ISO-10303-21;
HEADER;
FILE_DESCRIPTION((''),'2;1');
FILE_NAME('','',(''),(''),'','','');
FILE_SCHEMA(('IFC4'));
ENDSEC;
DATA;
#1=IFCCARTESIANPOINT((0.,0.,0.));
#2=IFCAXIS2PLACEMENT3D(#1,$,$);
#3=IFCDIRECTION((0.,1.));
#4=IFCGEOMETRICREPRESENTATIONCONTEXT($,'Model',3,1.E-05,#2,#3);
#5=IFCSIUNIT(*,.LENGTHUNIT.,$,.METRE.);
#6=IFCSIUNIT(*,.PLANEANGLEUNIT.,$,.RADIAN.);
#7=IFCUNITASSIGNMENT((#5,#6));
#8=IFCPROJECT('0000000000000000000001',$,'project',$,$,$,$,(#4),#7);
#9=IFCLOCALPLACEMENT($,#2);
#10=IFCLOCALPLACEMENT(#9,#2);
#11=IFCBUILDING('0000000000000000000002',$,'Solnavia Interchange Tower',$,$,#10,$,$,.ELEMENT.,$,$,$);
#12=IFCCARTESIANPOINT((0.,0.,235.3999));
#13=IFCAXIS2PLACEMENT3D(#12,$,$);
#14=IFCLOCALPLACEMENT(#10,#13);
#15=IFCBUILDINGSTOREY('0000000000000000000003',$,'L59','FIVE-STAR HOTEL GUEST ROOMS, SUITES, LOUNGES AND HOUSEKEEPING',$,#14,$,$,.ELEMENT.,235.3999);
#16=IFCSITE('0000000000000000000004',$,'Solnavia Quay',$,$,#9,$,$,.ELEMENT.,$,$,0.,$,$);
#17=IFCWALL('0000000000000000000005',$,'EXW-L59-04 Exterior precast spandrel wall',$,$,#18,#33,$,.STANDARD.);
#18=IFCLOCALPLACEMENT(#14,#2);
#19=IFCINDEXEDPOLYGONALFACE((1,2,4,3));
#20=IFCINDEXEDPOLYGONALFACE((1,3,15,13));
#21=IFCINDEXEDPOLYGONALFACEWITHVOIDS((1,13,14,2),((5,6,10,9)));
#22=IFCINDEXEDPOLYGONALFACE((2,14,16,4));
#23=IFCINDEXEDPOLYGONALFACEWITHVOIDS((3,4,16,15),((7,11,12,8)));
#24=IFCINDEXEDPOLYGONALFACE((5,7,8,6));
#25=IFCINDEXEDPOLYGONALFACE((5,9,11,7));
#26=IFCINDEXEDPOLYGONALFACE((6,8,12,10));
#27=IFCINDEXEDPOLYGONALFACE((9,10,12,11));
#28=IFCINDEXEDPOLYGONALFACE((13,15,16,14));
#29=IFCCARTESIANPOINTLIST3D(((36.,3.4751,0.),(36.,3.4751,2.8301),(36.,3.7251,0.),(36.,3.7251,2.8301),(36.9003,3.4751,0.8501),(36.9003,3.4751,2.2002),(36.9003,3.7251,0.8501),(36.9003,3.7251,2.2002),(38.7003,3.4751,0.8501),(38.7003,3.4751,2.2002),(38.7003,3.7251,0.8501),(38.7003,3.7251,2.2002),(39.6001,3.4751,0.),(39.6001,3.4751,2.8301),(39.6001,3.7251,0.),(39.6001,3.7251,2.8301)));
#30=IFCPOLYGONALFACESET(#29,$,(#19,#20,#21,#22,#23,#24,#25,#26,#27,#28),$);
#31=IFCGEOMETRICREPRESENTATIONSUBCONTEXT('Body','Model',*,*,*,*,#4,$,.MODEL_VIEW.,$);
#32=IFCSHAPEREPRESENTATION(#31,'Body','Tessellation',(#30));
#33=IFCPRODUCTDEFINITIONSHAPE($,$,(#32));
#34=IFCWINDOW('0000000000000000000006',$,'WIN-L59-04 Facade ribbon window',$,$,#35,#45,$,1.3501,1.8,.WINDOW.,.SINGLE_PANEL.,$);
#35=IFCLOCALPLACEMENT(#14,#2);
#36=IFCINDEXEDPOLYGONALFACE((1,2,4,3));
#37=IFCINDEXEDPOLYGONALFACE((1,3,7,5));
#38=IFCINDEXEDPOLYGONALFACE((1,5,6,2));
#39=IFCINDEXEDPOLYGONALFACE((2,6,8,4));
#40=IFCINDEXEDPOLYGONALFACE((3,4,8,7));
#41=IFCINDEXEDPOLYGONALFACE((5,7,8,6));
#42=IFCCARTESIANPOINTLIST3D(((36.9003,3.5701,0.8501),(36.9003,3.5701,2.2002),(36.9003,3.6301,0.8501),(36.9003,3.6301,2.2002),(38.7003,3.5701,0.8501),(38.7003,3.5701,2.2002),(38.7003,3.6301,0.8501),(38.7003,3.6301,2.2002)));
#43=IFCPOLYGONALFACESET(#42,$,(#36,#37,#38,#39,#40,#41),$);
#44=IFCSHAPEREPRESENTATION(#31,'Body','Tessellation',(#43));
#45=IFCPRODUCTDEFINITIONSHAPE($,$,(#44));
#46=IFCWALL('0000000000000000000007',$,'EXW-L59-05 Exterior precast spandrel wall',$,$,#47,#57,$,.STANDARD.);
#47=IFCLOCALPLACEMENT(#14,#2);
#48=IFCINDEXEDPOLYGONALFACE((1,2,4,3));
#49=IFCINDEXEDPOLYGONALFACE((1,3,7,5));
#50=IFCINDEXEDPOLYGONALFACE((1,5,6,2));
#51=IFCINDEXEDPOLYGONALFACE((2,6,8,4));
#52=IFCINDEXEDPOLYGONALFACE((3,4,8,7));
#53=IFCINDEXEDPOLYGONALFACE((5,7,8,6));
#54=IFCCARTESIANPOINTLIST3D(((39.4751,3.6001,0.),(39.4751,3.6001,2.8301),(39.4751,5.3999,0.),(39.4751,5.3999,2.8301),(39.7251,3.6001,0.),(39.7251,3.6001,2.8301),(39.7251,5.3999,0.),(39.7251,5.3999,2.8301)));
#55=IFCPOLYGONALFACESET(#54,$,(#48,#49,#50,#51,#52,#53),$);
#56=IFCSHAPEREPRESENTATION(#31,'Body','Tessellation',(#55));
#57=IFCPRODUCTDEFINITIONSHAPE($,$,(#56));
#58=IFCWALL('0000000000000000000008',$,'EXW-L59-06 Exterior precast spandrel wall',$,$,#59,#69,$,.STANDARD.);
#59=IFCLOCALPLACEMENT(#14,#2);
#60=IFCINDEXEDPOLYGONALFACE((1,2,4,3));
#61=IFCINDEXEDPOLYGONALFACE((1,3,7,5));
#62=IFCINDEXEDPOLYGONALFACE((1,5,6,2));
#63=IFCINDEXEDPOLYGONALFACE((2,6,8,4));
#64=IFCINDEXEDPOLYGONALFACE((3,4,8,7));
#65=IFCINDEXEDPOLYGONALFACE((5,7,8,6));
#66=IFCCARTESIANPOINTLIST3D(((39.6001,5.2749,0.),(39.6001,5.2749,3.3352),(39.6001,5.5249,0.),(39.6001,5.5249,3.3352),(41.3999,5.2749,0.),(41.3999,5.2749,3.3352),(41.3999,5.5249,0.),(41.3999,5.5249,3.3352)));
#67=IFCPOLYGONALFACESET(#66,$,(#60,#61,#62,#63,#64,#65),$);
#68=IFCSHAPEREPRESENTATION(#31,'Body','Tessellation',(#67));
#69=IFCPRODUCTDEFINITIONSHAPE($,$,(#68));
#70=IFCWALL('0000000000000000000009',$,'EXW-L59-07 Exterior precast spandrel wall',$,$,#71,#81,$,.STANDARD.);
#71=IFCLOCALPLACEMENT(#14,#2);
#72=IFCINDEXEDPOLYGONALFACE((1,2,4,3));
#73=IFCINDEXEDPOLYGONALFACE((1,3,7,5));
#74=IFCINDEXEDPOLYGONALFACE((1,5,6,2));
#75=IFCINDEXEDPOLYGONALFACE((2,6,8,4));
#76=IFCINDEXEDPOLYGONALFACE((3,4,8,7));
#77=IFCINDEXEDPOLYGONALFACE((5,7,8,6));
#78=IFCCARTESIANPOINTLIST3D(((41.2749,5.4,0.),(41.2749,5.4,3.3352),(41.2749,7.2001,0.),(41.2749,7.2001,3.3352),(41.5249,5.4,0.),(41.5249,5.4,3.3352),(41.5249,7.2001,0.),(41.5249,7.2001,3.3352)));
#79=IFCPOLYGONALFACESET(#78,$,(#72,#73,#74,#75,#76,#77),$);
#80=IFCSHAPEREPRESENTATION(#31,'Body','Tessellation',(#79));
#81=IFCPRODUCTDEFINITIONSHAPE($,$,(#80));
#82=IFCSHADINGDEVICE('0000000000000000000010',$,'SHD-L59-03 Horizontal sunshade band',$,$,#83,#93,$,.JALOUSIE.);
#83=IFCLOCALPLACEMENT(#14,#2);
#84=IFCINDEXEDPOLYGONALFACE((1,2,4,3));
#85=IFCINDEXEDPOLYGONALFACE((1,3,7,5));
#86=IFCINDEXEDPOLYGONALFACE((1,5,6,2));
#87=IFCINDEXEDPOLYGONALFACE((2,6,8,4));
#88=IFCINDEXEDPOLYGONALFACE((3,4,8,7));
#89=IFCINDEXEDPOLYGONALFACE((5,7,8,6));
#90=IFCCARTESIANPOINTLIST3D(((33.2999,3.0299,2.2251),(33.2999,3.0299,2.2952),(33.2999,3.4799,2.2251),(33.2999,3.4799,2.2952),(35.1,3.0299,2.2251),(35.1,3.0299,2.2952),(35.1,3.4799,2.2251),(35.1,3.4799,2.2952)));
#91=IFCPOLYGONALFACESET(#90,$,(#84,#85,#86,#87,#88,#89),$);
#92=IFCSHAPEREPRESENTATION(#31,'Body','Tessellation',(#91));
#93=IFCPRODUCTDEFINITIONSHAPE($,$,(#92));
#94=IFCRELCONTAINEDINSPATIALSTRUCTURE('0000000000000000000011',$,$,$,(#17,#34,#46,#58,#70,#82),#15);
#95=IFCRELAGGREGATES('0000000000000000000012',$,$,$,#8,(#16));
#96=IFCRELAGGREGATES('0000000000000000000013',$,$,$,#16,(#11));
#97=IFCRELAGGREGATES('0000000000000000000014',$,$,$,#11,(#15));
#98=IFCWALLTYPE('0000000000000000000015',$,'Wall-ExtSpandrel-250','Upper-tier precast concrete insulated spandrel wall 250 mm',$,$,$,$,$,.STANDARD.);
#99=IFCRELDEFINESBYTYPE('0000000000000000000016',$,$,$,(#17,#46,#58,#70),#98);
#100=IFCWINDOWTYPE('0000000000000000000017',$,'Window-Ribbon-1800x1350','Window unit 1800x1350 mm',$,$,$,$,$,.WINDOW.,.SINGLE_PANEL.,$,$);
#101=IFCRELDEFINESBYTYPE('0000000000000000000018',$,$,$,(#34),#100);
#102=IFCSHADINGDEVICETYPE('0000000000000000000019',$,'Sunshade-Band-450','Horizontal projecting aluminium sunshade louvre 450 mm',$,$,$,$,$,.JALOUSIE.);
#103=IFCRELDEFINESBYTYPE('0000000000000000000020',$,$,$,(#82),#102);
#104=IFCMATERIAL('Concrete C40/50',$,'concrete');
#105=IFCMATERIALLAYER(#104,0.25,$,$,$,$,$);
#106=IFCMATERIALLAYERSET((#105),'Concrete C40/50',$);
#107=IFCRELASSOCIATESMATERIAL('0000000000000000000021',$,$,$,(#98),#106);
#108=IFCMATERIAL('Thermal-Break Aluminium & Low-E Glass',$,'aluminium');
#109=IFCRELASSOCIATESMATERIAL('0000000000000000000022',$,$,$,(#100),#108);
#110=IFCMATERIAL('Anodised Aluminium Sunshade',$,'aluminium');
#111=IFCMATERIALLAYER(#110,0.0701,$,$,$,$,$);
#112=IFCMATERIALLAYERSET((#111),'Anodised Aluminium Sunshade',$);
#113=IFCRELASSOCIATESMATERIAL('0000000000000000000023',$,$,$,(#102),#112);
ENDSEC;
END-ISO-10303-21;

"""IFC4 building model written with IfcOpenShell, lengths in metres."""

from ifc_helpers import new_model, si_unit, direction, frame, frame_2d, origin, origin_2d, place, context, subcontext, project, spatial, rectangle, extrude, material, layer, layer_set, type_object, element, fill, save


model = new_model("IFC4")

# Units and contexts
model_context = context("Model", 3, precision=1e-05, world=origin(), true_north=direction((0.0, 1.0)))
body_context = subcontext(model_context, "Body", "Model", "MODEL_VIEW")
ifc_project = project(units=[si_unit("LENGTHUNIT", "METRE"), si_unit("PLANEANGLEUNIT", "RADIAN")], contexts=[model_context])

# Site, building, storey
site_placement = place(None, origin())
site = spatial("IfcSite", under=ifc_project, at=site_placement, Name="Solnavia Quay", CompositionType="ELEMENT", RefElevation=0.0)
building_placement = place(site_placement, origin())
building = spatial("IfcBuilding", under=site, at=building_placement, Name="Solnavia Interchange Tower", CompositionType="ELEMENT")
storey_placement = place(building_placement, frame((0.0, 0.0, 235.3999)))
storey = spatial("IfcBuildingStorey", under=building, at=storey_placement, Name="L59", Description="FIVE-STAR HOTEL GUEST ROOMS, SUITES, LOUNGES AND HOUSEKEEPING", CompositionType="ELEMENT", Elevation=235.3999)

# Wall, opening, window
ifc_material_1 = material(Name="Concrete C40/50", Category="concrete")
ifc_layer_1 = layer(ifc_material_1, 0.25)
ifc_layer_set_1 = layer_set([ifc_layer_1], Name="Concrete C40/50")
wall_type_1 = type_object("IfcWallType", Name="Wall-ExtSpandrel-250", Description="Upper-tier precast concrete insulated spandrel wall 250 mm", PredefinedType="STANDARD", material=ifc_layer_set_1)
ifc_material_2 = material(Name="Thermal-Break Aluminium & Low-E Glass", Category="aluminium")
window_type = type_object("IfcWindowType", Name="Window-Ribbon-1800x1350", Description="Window unit 1800x1350 mm", PartitioningType="SINGLE_PANEL", PredefinedType="WINDOW", material=ifc_material_2)
wall_1_placement = place(storey_placement, frame((39.6001, 3.6001, 0.0), z_axis=(0.0, 0.0, 1.0), x_axis=(-1.0, 0.0, 0.0)))
wall_1 = element("IfcWall", 1, at=wall_1_placement, inside=storey, type_object=wall_type_1, Name="EXW-L59-04 Exterior precast spandrel wall", PredefinedType="STANDARD", context=body_context, shape_type="SweptSolid", body=[
    extrude(rectangle(XDim=3.6001, YDim=0.25, at=frame_2d((1.8, 0.0))), origin(), (0.0, 0.0, 1.0), 2.8301),
])
opening_1_placement = place(wall_1_placement, frame((0.8999, 0.0, 0.8501)))
opening_1 = element("IfcOpeningElement", 2, at=opening_1_placement, cuts=wall_1, PredefinedType="OPENING", context=body_context, shape_type="SweptSolid", body=[
    extrude(rectangle(XDim=1.8, YDim=1.3501, at=frame_2d((0.8999, 0.675))), frame((0.0, 0.135, 0.0), z_axis=(0.0, -1.0, 0.0), x_axis=(1.0, 0.0, 0.0)), (0.0, 0.0, 1.0), 0.27),
])
window_1_placement = place(opening_1_placement, origin())
window_1 = element("IfcWindow", 3, at=window_1_placement, inside=storey, type_object=window_type, Name="WIN-L59-04 Facade ribbon window", OverallHeight=1.3501, OverallWidth=1.8, PartitioningType="SINGLE_PANEL", PredefinedType="WINDOW", context=body_context, shape_type="SweptSolid", body=[
    extrude(rectangle(XDim=1.8, YDim=1.3501, at=frame_2d((0.8999, 0.675))), frame((0.0, 0.03, 0.0), z_axis=(0.0, -1.0, 0.0), x_axis=(1.0, 0.0, 0.0)), (0.0, 0.0, 1.0), 0.0601),
])
fill(opening_1, window_1)

# Walls
wall_2_placement = place(storey_placement, frame((39.6001, 5.3999, 0.0), z_axis=(0.0, 0.0, 1.0), x_axis=(0.0, -1.0, 0.0)))
element("IfcWall", 4, at=wall_2_placement, inside=storey, type_object=wall_type_1, Name="EXW-L59-05 Exterior precast spandrel wall", PredefinedType="STANDARD", context=body_context, shape_type="SweptSolid", body=[
    extrude(rectangle(XDim=1.7998, YDim=0.25, at=frame_2d((0.8999, 0.0))), origin(), (0.0, 0.0, 1.0), 2.8301),
])
wall_3_placement = place(storey_placement, frame((41.3999, 5.3999, 0.0), z_axis=(0.0, 0.0, 1.0), x_axis=(-1.0, 0.0, 0.0)))
element("IfcWall", 5, at=wall_3_placement, inside=storey, type_object=wall_type_1, Name="EXW-L59-06 Exterior precast spandrel wall", PredefinedType="STANDARD", context=body_context, shape_type="SweptSolid", body=[
    extrude(rectangle(XDim=1.7998, YDim=0.25, at=frame_2d((0.8999, 0.0))), origin(), (0.0, 0.0, 1.0), 3.3352),
])
wall_4_placement = place(storey_placement, frame((41.3999, 7.2, 0.0), z_axis=(0.0, 0.0, 1.0), x_axis=(0.0, -1.0, 0.0)))
element("IfcWall", 6, at=wall_4_placement, inside=storey, type_object=wall_type_1, Name="EXW-L59-07 Exterior precast spandrel wall", PredefinedType="STANDARD", context=body_context, shape_type="SweptSolid", body=[
    extrude(rectangle(XDim=1.8, YDim=0.25, at=frame_2d((0.8999, 0.0))), origin(), (0.0, 0.0, 1.0), 3.3352),
])

# Shading device
ifc_material_3 = material(Name="Anodised Aluminium Sunshade", Category="aluminium")
ifc_layer_2 = layer(ifc_material_3, 0.0701)
ifc_layer_set_2 = layer_set([ifc_layer_2], Name="Anodised Aluminium Sunshade")
shading_device_type = type_object("IfcShadingDeviceType", Name="Sunshade-Band-450", Description="Horizontal projecting aluminium sunshade louvre 450 mm", PredefinedType="JALOUSIE", material=ifc_layer_set_2)
shading_device_placement = place(storey_placement, frame((34.2, 3.2549, 2.2251), z_axis=(0.0, 0.0, 1.0), x_axis=(-1.0, 0.0, 0.0)))
element("IfcShadingDevice", 7, at=shading_device_placement, inside=storey, type_object=shading_device_type, Name="SHD-L59-03 Horizontal sunshade band", PredefinedType="JALOUSIE", context=body_context, shape_type="SweptSolid", body=[
    extrude(rectangle(XDim=1.8, YDim=0.45, at=origin_2d()), origin(), (0.0, 0.0, 1.0), 0.0701),
])

save(model, "model.ifc")
